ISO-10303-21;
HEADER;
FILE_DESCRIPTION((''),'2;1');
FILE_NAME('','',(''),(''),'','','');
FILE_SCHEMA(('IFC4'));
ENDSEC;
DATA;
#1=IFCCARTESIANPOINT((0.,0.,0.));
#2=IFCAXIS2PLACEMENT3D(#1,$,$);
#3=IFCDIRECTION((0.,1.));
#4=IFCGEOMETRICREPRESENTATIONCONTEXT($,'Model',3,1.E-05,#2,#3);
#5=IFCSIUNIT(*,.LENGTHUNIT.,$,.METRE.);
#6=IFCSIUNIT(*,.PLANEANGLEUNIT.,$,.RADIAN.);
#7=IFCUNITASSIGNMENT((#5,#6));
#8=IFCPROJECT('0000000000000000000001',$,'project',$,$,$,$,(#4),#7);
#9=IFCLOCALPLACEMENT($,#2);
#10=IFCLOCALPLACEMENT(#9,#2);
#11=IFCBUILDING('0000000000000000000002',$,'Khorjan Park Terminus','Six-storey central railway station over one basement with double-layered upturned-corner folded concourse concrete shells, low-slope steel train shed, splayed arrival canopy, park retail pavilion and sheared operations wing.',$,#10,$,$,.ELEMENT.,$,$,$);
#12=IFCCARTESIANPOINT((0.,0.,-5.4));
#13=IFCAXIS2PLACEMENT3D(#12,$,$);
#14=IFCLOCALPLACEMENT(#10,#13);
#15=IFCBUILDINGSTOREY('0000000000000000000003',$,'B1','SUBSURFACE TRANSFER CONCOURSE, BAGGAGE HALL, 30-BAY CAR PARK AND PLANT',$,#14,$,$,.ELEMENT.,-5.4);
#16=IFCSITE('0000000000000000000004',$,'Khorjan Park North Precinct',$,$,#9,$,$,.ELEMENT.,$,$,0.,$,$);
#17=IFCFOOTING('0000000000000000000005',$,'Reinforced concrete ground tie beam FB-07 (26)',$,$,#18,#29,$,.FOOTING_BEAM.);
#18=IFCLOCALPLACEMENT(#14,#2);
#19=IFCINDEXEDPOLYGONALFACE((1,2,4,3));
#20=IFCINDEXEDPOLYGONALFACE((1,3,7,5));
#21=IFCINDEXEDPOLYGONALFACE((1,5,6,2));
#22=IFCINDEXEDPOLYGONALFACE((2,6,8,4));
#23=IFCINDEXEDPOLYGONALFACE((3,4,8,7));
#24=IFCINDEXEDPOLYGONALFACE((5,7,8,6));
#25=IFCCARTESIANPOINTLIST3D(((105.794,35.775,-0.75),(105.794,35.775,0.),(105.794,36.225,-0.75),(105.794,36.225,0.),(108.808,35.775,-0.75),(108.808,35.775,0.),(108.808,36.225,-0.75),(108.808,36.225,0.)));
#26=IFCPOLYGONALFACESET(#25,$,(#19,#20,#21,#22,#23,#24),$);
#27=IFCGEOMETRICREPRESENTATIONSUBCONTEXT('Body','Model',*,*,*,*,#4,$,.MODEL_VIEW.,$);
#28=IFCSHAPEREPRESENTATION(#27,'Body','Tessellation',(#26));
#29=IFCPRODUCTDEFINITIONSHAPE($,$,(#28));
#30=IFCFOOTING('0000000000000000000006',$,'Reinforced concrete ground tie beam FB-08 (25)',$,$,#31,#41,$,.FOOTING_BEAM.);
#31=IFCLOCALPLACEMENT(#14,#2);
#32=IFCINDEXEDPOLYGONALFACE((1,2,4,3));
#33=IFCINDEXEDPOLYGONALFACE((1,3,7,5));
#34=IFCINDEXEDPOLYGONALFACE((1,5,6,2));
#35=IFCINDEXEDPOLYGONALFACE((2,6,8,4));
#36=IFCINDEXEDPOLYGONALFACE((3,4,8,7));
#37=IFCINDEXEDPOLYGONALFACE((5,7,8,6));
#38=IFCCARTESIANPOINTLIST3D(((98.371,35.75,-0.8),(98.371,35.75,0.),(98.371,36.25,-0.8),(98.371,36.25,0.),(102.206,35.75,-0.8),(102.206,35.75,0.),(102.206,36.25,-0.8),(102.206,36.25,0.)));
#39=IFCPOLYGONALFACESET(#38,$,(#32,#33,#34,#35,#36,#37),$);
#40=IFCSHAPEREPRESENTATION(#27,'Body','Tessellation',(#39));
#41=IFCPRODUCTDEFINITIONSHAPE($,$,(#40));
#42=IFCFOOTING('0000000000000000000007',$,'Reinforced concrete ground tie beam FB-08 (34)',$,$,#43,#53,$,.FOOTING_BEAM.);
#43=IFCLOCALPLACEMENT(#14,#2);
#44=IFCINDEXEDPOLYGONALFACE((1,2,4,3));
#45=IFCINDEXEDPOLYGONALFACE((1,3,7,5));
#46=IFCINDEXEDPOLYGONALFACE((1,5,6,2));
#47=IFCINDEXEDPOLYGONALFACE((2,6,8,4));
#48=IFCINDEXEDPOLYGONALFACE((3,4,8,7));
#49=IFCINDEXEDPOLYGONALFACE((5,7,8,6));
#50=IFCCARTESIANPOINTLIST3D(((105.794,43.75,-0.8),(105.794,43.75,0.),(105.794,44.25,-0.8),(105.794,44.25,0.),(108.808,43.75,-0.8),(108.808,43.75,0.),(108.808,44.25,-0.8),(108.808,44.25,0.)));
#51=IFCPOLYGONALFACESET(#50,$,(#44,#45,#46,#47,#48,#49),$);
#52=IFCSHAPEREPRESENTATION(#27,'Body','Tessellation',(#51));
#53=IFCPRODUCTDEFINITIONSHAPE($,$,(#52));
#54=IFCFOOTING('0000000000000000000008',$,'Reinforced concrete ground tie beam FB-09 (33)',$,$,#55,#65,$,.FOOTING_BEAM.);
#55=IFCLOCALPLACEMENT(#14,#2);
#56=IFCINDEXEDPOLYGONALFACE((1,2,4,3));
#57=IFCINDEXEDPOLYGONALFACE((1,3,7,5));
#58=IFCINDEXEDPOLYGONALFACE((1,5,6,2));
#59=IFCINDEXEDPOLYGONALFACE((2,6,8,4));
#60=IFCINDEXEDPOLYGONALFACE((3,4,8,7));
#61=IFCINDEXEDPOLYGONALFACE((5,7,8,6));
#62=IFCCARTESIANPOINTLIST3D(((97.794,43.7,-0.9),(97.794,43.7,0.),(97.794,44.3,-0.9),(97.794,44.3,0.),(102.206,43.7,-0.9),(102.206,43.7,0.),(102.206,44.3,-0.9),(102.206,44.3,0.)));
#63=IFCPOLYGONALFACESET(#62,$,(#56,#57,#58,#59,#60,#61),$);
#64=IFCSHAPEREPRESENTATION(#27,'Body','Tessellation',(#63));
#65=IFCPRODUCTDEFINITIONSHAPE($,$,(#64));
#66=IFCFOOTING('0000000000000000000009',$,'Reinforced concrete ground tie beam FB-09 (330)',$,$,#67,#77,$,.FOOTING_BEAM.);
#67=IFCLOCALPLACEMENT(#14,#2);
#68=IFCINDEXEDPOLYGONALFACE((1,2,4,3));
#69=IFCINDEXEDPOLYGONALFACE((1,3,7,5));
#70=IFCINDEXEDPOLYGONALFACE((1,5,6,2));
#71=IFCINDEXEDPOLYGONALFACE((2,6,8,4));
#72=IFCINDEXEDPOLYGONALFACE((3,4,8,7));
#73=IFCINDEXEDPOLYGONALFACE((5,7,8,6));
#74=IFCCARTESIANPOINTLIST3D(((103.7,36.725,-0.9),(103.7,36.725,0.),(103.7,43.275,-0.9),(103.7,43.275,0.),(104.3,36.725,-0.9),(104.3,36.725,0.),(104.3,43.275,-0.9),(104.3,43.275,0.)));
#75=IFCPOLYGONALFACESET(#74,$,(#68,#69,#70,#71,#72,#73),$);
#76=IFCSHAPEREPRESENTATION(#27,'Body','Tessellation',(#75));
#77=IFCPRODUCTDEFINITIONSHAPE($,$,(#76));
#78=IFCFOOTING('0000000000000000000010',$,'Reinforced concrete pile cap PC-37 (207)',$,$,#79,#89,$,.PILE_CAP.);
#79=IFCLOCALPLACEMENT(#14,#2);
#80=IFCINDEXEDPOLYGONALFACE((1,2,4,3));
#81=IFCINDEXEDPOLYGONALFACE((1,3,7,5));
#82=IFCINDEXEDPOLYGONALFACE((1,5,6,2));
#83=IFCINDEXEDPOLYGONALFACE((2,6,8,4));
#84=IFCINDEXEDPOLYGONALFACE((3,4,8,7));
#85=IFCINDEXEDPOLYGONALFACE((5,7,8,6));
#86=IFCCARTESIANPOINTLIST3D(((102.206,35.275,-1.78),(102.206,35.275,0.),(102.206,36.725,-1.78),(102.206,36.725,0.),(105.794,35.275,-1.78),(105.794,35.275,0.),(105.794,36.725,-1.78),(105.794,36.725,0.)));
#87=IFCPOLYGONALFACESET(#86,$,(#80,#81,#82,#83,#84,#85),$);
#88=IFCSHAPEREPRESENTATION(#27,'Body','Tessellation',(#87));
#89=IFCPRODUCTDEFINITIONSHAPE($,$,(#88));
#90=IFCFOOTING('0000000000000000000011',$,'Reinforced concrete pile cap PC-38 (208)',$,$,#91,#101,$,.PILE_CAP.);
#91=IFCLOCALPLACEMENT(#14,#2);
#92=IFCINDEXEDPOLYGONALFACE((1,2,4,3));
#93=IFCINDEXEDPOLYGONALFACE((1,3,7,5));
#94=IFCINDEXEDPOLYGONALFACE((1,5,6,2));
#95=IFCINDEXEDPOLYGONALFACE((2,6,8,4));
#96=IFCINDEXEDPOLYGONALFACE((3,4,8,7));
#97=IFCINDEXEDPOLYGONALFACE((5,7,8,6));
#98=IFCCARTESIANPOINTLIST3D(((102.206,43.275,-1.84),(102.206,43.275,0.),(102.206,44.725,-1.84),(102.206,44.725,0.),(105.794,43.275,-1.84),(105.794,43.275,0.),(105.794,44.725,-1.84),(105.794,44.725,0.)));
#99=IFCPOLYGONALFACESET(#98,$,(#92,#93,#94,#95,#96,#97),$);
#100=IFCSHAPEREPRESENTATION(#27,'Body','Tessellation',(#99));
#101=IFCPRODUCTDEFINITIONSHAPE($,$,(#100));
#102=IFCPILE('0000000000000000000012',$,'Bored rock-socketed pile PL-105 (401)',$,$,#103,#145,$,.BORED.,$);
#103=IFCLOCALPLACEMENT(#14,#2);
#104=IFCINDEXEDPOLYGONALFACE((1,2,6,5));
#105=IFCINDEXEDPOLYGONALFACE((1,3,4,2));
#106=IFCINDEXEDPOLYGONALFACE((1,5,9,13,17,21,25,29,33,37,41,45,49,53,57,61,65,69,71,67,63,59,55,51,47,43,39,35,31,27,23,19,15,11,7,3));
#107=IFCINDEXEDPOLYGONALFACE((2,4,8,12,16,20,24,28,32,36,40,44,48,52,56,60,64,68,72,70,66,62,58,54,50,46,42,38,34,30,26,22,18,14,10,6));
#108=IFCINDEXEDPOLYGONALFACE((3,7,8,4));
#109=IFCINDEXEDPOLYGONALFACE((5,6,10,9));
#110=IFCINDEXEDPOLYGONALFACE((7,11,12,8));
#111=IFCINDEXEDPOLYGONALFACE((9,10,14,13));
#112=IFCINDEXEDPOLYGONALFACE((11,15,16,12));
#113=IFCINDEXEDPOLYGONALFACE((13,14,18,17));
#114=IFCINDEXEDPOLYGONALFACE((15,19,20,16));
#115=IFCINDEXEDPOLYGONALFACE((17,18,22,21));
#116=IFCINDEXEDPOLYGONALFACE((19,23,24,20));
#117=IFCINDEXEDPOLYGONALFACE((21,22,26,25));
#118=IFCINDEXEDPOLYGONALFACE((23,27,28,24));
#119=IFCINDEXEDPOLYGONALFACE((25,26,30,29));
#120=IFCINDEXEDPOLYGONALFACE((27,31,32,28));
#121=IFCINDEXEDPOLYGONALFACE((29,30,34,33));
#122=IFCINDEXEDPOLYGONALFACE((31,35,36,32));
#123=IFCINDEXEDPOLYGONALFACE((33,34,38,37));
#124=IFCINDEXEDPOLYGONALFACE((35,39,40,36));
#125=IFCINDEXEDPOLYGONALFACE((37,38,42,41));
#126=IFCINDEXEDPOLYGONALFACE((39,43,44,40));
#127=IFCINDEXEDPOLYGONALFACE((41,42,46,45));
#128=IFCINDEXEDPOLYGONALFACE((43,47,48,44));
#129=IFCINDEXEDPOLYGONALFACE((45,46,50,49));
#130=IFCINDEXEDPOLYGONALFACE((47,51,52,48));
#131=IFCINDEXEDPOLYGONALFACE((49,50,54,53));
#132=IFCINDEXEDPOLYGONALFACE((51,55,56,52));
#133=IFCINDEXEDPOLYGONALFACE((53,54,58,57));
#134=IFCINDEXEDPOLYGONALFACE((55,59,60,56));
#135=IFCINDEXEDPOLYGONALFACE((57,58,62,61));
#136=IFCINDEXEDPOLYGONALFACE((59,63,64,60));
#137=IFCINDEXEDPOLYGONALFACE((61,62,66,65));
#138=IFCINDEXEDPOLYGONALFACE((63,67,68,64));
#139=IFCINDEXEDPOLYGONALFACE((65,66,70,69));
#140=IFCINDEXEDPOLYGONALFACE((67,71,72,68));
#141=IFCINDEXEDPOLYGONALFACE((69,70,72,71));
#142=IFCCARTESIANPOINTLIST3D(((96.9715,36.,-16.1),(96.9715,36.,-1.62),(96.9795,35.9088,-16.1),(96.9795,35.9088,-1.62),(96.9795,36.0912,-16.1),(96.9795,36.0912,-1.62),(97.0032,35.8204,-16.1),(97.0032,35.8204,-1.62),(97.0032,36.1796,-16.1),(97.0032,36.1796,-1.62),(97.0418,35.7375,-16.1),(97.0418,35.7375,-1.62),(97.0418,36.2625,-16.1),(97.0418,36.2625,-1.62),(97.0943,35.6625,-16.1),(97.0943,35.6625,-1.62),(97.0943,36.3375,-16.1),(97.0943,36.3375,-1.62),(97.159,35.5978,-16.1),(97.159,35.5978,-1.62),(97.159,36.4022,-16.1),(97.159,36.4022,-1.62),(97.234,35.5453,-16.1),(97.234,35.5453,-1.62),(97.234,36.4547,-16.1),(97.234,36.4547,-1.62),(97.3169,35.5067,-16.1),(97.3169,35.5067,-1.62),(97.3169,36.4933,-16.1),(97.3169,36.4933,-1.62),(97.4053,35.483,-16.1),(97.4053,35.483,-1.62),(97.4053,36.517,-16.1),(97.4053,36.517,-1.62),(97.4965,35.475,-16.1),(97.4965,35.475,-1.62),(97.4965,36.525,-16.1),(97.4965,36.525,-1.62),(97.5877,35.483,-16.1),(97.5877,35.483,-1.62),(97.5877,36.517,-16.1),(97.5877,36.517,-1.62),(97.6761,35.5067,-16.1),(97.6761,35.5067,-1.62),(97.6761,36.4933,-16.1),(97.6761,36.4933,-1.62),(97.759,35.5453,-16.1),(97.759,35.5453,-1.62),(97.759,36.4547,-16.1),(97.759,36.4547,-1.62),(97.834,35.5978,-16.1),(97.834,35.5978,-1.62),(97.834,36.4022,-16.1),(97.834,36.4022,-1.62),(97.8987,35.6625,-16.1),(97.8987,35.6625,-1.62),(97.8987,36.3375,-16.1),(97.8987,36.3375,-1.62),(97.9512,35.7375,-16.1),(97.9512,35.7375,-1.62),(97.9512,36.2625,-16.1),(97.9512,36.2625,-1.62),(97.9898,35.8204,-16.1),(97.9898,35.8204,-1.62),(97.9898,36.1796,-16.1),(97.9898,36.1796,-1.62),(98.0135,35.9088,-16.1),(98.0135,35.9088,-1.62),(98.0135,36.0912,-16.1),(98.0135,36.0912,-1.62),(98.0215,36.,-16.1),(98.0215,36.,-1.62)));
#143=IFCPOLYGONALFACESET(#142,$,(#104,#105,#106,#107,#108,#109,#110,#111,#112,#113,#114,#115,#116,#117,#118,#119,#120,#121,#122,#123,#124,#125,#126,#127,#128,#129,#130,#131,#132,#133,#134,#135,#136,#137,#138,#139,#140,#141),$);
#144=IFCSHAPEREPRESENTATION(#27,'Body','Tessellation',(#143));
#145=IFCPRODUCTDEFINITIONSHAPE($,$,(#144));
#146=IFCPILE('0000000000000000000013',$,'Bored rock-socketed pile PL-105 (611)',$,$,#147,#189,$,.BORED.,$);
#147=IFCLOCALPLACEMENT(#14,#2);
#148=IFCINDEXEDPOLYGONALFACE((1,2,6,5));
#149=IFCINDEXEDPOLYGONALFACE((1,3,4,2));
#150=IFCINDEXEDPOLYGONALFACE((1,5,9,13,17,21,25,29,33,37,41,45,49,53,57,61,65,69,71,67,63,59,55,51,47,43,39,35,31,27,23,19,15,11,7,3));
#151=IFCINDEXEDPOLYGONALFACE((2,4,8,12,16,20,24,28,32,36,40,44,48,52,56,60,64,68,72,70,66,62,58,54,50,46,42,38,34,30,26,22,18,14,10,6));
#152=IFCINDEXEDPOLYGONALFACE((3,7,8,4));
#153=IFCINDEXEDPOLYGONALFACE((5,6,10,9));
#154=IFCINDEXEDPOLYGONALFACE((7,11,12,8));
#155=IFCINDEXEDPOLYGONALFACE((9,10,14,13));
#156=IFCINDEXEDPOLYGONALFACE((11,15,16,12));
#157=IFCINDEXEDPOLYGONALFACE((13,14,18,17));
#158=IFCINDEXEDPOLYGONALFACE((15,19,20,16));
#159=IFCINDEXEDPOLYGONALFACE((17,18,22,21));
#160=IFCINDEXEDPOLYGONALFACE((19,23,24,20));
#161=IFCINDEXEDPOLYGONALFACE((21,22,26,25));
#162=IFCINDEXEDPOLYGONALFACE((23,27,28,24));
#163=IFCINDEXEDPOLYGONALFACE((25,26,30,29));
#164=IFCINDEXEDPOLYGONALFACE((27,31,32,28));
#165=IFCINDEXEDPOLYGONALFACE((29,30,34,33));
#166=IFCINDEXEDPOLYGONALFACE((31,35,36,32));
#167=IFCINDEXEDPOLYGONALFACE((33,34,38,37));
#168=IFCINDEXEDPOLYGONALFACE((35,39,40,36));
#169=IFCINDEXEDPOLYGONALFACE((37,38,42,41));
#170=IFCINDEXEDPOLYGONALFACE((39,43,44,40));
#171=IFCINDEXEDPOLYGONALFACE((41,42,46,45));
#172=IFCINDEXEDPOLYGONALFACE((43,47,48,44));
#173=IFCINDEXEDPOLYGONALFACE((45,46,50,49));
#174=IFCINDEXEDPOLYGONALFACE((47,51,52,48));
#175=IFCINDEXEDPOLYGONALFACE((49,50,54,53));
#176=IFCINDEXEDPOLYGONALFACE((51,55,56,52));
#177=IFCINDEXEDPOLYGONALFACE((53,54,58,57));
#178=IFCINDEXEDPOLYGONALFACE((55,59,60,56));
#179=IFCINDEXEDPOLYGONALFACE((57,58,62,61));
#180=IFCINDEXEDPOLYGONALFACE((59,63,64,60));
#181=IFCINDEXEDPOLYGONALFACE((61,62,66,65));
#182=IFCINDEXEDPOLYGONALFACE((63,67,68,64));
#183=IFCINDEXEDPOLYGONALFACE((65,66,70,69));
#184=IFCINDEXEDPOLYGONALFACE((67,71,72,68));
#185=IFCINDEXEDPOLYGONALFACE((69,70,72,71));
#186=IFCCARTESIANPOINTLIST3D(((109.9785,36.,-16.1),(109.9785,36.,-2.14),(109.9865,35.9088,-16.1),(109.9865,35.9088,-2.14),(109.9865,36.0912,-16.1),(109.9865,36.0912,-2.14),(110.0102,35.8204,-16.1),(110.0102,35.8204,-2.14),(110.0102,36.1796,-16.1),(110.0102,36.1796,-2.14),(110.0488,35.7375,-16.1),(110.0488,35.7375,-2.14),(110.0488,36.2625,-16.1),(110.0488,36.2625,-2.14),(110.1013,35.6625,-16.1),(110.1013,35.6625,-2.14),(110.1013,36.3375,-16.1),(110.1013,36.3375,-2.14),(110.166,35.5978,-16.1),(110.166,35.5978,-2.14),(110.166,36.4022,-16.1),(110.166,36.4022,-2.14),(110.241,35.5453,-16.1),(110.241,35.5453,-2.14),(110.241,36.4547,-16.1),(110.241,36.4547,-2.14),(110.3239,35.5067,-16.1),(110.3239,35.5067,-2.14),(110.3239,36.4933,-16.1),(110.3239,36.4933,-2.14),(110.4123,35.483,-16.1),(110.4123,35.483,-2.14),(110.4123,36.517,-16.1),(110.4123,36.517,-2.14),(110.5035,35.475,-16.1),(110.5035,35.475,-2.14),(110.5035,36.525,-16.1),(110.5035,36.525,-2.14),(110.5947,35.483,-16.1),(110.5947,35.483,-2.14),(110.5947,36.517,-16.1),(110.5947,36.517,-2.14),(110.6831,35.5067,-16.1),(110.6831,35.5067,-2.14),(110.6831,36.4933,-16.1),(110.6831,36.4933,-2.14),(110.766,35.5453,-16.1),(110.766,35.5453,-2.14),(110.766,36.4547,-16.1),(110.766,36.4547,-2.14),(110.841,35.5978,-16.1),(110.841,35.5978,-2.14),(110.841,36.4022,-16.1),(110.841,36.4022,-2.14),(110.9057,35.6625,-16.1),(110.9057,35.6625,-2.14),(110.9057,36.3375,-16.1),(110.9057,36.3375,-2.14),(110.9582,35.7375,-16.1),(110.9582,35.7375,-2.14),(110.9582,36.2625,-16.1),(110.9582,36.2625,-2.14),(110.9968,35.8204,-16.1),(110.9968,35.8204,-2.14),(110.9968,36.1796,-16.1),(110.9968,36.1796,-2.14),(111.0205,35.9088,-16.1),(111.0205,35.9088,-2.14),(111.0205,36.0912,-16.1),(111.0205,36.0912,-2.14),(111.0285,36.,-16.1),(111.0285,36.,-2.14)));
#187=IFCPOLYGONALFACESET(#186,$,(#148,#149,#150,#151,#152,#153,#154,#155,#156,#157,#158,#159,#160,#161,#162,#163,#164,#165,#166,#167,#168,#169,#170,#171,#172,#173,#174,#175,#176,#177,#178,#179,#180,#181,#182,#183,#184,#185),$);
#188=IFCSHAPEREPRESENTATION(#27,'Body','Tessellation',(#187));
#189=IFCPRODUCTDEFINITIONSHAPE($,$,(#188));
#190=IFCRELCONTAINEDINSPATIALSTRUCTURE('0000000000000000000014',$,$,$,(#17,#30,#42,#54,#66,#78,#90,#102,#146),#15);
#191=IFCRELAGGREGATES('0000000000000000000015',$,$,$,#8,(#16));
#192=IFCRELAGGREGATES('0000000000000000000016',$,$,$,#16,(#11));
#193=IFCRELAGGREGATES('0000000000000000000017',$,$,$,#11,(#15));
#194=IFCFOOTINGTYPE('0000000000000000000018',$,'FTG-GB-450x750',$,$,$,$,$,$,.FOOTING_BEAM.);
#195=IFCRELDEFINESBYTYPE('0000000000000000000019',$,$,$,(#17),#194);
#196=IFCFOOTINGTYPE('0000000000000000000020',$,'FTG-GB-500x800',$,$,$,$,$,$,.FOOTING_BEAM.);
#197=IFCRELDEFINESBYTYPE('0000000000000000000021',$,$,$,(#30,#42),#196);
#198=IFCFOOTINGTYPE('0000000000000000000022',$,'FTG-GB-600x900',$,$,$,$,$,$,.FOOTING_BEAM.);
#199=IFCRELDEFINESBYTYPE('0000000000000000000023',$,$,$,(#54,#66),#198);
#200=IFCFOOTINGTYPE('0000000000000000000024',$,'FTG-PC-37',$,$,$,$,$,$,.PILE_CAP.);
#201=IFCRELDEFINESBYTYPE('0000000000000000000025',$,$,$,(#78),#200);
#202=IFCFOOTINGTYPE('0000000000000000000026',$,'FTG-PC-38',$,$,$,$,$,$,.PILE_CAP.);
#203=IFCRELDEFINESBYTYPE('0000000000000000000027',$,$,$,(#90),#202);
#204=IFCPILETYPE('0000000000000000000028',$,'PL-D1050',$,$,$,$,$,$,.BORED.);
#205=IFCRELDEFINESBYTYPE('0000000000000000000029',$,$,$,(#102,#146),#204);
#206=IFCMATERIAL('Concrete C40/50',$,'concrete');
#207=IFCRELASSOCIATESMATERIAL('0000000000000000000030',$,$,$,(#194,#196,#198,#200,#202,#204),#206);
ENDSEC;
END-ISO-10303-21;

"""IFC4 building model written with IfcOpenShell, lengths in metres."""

from ifc_helpers import new_model, si_unit, direction, frame, origin, origin_2d, place, context, subcontext, project, spatial, rectangle, circle, extrude, material, material_profile, profile_set, type_object, element, save


model = new_model("IFC4")

# Units and contexts
model_context = context("Model", 3, precision=1e-05, world=origin(), true_north=direction((0.0, 1.0)))
body_context = subcontext(model_context, "Body", "Model", "MODEL_VIEW")
ifc_project = project(units=[si_unit("LENGTHUNIT", "METRE"), si_unit("PLANEANGLEUNIT", "RADIAN")], contexts=[model_context])

# Site, building, storey
site_placement = place(None, origin())
site = spatial("IfcSite", under=ifc_project, at=site_placement, Name="Khorjan Park North Precinct", CompositionType="ELEMENT", RefElevation=0.0)
building_placement = place(site_placement, origin())
building = spatial("IfcBuilding", under=site, at=building_placement, Name="Khorjan Park Terminus", Description="Six-storey central railway station over one basement with double-layered upturned-corner folded concourse concrete shells, low-slope steel train shed, splayed arrival canopy, park retail pavilion and sheared operations wing.", CompositionType="ELEMENT")
storey_placement = place(building_placement, frame((0.0, 0.0, -5.4)))
storey = spatial("IfcBuildingStorey", under=building, at=storey_placement, Name="B1", Description="SUBSURFACE TRANSFER CONCOURSE, BAGGAGE HALL, 30-BAY CAR PARK AND PLANT", CompositionType="ELEMENT", Elevation=-5.4)

# Footings
ifc_material_1 = material(Name="Concrete C40/50", Category="concrete")
ifc_material_profile_1 = material_profile(ifc_material_1, rectangle(XDim=0.45, YDim=0.75, at=origin_2d()), Name="RC 450x750")
ifc_profile_set_1 = profile_set([ifc_material_profile_1], Name="Concrete C40/50")
footing_type_1 = type_object("IfcFootingType", Name="FTG-GB-450x750", PredefinedType="FOOTING_BEAM", material=ifc_profile_set_1)
footing_1_placement = place(storey_placement, frame((105.794, 36.0, -0.375), z_axis=(1.0, 0.0, 0.0), x_axis=(0.0, 1.0, 0.0)))
element("IfcFooting", 1, at=footing_1_placement, inside=storey, type_object=footing_type_1, Name="Reinforced concrete ground tie beam FB-07 (26)", PredefinedType="FOOTING_BEAM", context=body_context, shape_type="SweptSolid", body=[
    extrude(rectangle(XDim=0.45, YDim=0.75, at=origin_2d()), origin(), (0.0, 0.0, 1.0), 3.014),
])
ifc_material_profile_2 = material_profile(ifc_material_1, rectangle(XDim=0.5, YDim=0.8, at=origin_2d()), Name="RC 500x800")
ifc_profile_set_2 = profile_set([ifc_material_profile_2], Name="Concrete C40/50")
footing_type_2 = type_object("IfcFootingType", Name="FTG-GB-500x800", PredefinedType="FOOTING_BEAM", material=ifc_profile_set_2)
footing_2_placement = place(storey_placement, frame((98.371, 36.0, -0.4), z_axis=(1.0, 0.0, 0.0), x_axis=(0.0, 1.0, 0.0)))
element("IfcFooting", 2, at=footing_2_placement, inside=storey, type_object=footing_type_2, Name="Reinforced concrete ground tie beam FB-08 (25)", PredefinedType="FOOTING_BEAM", context=body_context, shape_type="SweptSolid", body=[
    extrude(rectangle(XDim=0.5, YDim=0.8, at=origin_2d()), origin(), (0.0, 0.0, 1.0), 3.835),
])
footing_3_placement = place(storey_placement, frame((105.794, 44.0, -0.4), z_axis=(1.0, 0.0, 0.0), x_axis=(0.0, 1.0, 0.0)))
element("IfcFooting", 3, at=footing_3_placement, inside=storey, type_object=footing_type_2, Name="Reinforced concrete ground tie beam FB-08 (34)", PredefinedType="FOOTING_BEAM", context=body_context, shape_type="SweptSolid", body=[
    extrude(rectangle(XDim=0.5, YDim=0.8, at=origin_2d()), origin(), (0.0, 0.0, 1.0), 3.014),
])
ifc_material_profile_3 = material_profile(ifc_material_1, rectangle(XDim=0.6, YDim=0.9, at=origin_2d()), Name="RC 600x900")
ifc_profile_set_3 = profile_set([ifc_material_profile_3], Name="Concrete C40/50")
footing_type_3 = type_object("IfcFootingType", Name="FTG-GB-600x900", PredefinedType="FOOTING_BEAM", material=ifc_profile_set_3)
footing_4_placement = place(storey_placement, frame((97.794, 44.0, -0.45), z_axis=(1.0, 0.0, 0.0), x_axis=(0.0, 1.0, 0.0)))
element("IfcFooting", 4, at=footing_4_placement, inside=storey, type_object=footing_type_3, Name="Reinforced concrete ground tie beam FB-09 (33)", PredefinedType="FOOTING_BEAM", context=body_context, shape_type="SweptSolid", body=[
    extrude(rectangle(XDim=0.6, YDim=0.9, at=origin_2d()), origin(), (0.0, 0.0, 1.0), 4.412),
])
footing_5_placement = place(storey_placement, frame((104.0, 36.725, -0.45), z_axis=(0.0, 1.0, 0.0), x_axis=(-1.0, 0.0, 0.0)))
element("IfcFooting", 5, at=footing_5_placement, inside=storey, type_object=footing_type_3, Name="Reinforced concrete ground tie beam FB-09 (330)", PredefinedType="FOOTING_BEAM", context=body_context, shape_type="SweptSolid", body=[
    extrude(rectangle(XDim=0.6, YDim=0.9, at=origin_2d()), origin(), (0.0, 0.0, 1.0), 6.55),
])
footing_type_4 = type_object("IfcFootingType", Name="FTG-PC-37", PredefinedType="PILE_CAP", material=ifc_material_1)
footing_6_placement = place(storey_placement, frame((104.0, 36.0, -1.78), z_axis=(0.0, 0.0, 1.0), x_axis=(1.0, 0.0, 0.0)))
element("IfcFooting", 6, at=footing_6_placement, inside=storey, type_object=footing_type_4, Name="Reinforced concrete pile cap PC-37 (207)", PredefinedType="PILE_CAP", context=body_context, shape_type="SweptSolid", body=[
    extrude(rectangle(XDim=3.588, YDim=1.45, at=origin_2d()), origin(), (0.0, 0.0, 1.0), 1.78),
])
footing_type_5 = type_object("IfcFootingType", Name="FTG-PC-38", PredefinedType="PILE_CAP", material=ifc_material_1)
footing_7_placement = place(storey_placement, frame((104.0, 44.0, -1.84), z_axis=(0.0, 0.0, 1.0), x_axis=(1.0, 0.0, 0.0)))
element("IfcFooting", 7, at=footing_7_placement, inside=storey, type_object=footing_type_5, Name="Reinforced concrete pile cap PC-38 (208)", PredefinedType="PILE_CAP", context=body_context, shape_type="SweptSolid", body=[
    extrude(rectangle(XDim=3.588, YDim=1.45, at=origin_2d()), origin(), (0.0, 0.0, 1.0), 1.84),
])

# Piles
ifc_material_profile_4 = material_profile(ifc_material_1, circle(Radius=0.525, at=origin_2d()), Name="BORED D1050")
ifc_profile_set_4 = profile_set([ifc_material_profile_4], Name="Concrete C40/50")
pile_type_1 = type_object("IfcPileType", Name="PL-D1050", PredefinedType="BORED", material=ifc_profile_set_4)
pile_placement = place(storey_placement, frame((97.4965, 36.0, -1.62), z_axis=(0.0, 0.0, -1.0), x_axis=(1.0, 0.0, 0.0)))
element("IfcPile", 8, at=pile_placement, inside=storey, type_object=pile_type_1, Name="Bored rock-socketed pile PL-105 (401)", PredefinedType="BORED", context=body_context, shape_type="SweptSolid", body=[
    extrude(circle(Radius=0.525, at=origin_2d()), origin(), (0.0, 0.0, 1.0), 14.48),
])
for number, where, z_axis, x_axis, name in (
    (9, (110.5035, 36.0, -2.14), (0.0, 0.0, -1.0), (1.0, 0.0, 0.0), "Bored rock-socketed pile PL-105 (611)"),
):
    element("IfcPile", number, at=place(storey_placement, frame(where, z_axis=z_axis, x_axis=x_axis)), inside=storey, type_object=pile_type_1, Name=name, PredefinedType="BORED", context=body_context, shape_type="SweptSolid", body=[
        extrude(circle(Radius=0.525, at=origin_2d()), origin(), (0.0, 0.0, 1.0), 13.96),
    ])

save(model, "model.ifc")
